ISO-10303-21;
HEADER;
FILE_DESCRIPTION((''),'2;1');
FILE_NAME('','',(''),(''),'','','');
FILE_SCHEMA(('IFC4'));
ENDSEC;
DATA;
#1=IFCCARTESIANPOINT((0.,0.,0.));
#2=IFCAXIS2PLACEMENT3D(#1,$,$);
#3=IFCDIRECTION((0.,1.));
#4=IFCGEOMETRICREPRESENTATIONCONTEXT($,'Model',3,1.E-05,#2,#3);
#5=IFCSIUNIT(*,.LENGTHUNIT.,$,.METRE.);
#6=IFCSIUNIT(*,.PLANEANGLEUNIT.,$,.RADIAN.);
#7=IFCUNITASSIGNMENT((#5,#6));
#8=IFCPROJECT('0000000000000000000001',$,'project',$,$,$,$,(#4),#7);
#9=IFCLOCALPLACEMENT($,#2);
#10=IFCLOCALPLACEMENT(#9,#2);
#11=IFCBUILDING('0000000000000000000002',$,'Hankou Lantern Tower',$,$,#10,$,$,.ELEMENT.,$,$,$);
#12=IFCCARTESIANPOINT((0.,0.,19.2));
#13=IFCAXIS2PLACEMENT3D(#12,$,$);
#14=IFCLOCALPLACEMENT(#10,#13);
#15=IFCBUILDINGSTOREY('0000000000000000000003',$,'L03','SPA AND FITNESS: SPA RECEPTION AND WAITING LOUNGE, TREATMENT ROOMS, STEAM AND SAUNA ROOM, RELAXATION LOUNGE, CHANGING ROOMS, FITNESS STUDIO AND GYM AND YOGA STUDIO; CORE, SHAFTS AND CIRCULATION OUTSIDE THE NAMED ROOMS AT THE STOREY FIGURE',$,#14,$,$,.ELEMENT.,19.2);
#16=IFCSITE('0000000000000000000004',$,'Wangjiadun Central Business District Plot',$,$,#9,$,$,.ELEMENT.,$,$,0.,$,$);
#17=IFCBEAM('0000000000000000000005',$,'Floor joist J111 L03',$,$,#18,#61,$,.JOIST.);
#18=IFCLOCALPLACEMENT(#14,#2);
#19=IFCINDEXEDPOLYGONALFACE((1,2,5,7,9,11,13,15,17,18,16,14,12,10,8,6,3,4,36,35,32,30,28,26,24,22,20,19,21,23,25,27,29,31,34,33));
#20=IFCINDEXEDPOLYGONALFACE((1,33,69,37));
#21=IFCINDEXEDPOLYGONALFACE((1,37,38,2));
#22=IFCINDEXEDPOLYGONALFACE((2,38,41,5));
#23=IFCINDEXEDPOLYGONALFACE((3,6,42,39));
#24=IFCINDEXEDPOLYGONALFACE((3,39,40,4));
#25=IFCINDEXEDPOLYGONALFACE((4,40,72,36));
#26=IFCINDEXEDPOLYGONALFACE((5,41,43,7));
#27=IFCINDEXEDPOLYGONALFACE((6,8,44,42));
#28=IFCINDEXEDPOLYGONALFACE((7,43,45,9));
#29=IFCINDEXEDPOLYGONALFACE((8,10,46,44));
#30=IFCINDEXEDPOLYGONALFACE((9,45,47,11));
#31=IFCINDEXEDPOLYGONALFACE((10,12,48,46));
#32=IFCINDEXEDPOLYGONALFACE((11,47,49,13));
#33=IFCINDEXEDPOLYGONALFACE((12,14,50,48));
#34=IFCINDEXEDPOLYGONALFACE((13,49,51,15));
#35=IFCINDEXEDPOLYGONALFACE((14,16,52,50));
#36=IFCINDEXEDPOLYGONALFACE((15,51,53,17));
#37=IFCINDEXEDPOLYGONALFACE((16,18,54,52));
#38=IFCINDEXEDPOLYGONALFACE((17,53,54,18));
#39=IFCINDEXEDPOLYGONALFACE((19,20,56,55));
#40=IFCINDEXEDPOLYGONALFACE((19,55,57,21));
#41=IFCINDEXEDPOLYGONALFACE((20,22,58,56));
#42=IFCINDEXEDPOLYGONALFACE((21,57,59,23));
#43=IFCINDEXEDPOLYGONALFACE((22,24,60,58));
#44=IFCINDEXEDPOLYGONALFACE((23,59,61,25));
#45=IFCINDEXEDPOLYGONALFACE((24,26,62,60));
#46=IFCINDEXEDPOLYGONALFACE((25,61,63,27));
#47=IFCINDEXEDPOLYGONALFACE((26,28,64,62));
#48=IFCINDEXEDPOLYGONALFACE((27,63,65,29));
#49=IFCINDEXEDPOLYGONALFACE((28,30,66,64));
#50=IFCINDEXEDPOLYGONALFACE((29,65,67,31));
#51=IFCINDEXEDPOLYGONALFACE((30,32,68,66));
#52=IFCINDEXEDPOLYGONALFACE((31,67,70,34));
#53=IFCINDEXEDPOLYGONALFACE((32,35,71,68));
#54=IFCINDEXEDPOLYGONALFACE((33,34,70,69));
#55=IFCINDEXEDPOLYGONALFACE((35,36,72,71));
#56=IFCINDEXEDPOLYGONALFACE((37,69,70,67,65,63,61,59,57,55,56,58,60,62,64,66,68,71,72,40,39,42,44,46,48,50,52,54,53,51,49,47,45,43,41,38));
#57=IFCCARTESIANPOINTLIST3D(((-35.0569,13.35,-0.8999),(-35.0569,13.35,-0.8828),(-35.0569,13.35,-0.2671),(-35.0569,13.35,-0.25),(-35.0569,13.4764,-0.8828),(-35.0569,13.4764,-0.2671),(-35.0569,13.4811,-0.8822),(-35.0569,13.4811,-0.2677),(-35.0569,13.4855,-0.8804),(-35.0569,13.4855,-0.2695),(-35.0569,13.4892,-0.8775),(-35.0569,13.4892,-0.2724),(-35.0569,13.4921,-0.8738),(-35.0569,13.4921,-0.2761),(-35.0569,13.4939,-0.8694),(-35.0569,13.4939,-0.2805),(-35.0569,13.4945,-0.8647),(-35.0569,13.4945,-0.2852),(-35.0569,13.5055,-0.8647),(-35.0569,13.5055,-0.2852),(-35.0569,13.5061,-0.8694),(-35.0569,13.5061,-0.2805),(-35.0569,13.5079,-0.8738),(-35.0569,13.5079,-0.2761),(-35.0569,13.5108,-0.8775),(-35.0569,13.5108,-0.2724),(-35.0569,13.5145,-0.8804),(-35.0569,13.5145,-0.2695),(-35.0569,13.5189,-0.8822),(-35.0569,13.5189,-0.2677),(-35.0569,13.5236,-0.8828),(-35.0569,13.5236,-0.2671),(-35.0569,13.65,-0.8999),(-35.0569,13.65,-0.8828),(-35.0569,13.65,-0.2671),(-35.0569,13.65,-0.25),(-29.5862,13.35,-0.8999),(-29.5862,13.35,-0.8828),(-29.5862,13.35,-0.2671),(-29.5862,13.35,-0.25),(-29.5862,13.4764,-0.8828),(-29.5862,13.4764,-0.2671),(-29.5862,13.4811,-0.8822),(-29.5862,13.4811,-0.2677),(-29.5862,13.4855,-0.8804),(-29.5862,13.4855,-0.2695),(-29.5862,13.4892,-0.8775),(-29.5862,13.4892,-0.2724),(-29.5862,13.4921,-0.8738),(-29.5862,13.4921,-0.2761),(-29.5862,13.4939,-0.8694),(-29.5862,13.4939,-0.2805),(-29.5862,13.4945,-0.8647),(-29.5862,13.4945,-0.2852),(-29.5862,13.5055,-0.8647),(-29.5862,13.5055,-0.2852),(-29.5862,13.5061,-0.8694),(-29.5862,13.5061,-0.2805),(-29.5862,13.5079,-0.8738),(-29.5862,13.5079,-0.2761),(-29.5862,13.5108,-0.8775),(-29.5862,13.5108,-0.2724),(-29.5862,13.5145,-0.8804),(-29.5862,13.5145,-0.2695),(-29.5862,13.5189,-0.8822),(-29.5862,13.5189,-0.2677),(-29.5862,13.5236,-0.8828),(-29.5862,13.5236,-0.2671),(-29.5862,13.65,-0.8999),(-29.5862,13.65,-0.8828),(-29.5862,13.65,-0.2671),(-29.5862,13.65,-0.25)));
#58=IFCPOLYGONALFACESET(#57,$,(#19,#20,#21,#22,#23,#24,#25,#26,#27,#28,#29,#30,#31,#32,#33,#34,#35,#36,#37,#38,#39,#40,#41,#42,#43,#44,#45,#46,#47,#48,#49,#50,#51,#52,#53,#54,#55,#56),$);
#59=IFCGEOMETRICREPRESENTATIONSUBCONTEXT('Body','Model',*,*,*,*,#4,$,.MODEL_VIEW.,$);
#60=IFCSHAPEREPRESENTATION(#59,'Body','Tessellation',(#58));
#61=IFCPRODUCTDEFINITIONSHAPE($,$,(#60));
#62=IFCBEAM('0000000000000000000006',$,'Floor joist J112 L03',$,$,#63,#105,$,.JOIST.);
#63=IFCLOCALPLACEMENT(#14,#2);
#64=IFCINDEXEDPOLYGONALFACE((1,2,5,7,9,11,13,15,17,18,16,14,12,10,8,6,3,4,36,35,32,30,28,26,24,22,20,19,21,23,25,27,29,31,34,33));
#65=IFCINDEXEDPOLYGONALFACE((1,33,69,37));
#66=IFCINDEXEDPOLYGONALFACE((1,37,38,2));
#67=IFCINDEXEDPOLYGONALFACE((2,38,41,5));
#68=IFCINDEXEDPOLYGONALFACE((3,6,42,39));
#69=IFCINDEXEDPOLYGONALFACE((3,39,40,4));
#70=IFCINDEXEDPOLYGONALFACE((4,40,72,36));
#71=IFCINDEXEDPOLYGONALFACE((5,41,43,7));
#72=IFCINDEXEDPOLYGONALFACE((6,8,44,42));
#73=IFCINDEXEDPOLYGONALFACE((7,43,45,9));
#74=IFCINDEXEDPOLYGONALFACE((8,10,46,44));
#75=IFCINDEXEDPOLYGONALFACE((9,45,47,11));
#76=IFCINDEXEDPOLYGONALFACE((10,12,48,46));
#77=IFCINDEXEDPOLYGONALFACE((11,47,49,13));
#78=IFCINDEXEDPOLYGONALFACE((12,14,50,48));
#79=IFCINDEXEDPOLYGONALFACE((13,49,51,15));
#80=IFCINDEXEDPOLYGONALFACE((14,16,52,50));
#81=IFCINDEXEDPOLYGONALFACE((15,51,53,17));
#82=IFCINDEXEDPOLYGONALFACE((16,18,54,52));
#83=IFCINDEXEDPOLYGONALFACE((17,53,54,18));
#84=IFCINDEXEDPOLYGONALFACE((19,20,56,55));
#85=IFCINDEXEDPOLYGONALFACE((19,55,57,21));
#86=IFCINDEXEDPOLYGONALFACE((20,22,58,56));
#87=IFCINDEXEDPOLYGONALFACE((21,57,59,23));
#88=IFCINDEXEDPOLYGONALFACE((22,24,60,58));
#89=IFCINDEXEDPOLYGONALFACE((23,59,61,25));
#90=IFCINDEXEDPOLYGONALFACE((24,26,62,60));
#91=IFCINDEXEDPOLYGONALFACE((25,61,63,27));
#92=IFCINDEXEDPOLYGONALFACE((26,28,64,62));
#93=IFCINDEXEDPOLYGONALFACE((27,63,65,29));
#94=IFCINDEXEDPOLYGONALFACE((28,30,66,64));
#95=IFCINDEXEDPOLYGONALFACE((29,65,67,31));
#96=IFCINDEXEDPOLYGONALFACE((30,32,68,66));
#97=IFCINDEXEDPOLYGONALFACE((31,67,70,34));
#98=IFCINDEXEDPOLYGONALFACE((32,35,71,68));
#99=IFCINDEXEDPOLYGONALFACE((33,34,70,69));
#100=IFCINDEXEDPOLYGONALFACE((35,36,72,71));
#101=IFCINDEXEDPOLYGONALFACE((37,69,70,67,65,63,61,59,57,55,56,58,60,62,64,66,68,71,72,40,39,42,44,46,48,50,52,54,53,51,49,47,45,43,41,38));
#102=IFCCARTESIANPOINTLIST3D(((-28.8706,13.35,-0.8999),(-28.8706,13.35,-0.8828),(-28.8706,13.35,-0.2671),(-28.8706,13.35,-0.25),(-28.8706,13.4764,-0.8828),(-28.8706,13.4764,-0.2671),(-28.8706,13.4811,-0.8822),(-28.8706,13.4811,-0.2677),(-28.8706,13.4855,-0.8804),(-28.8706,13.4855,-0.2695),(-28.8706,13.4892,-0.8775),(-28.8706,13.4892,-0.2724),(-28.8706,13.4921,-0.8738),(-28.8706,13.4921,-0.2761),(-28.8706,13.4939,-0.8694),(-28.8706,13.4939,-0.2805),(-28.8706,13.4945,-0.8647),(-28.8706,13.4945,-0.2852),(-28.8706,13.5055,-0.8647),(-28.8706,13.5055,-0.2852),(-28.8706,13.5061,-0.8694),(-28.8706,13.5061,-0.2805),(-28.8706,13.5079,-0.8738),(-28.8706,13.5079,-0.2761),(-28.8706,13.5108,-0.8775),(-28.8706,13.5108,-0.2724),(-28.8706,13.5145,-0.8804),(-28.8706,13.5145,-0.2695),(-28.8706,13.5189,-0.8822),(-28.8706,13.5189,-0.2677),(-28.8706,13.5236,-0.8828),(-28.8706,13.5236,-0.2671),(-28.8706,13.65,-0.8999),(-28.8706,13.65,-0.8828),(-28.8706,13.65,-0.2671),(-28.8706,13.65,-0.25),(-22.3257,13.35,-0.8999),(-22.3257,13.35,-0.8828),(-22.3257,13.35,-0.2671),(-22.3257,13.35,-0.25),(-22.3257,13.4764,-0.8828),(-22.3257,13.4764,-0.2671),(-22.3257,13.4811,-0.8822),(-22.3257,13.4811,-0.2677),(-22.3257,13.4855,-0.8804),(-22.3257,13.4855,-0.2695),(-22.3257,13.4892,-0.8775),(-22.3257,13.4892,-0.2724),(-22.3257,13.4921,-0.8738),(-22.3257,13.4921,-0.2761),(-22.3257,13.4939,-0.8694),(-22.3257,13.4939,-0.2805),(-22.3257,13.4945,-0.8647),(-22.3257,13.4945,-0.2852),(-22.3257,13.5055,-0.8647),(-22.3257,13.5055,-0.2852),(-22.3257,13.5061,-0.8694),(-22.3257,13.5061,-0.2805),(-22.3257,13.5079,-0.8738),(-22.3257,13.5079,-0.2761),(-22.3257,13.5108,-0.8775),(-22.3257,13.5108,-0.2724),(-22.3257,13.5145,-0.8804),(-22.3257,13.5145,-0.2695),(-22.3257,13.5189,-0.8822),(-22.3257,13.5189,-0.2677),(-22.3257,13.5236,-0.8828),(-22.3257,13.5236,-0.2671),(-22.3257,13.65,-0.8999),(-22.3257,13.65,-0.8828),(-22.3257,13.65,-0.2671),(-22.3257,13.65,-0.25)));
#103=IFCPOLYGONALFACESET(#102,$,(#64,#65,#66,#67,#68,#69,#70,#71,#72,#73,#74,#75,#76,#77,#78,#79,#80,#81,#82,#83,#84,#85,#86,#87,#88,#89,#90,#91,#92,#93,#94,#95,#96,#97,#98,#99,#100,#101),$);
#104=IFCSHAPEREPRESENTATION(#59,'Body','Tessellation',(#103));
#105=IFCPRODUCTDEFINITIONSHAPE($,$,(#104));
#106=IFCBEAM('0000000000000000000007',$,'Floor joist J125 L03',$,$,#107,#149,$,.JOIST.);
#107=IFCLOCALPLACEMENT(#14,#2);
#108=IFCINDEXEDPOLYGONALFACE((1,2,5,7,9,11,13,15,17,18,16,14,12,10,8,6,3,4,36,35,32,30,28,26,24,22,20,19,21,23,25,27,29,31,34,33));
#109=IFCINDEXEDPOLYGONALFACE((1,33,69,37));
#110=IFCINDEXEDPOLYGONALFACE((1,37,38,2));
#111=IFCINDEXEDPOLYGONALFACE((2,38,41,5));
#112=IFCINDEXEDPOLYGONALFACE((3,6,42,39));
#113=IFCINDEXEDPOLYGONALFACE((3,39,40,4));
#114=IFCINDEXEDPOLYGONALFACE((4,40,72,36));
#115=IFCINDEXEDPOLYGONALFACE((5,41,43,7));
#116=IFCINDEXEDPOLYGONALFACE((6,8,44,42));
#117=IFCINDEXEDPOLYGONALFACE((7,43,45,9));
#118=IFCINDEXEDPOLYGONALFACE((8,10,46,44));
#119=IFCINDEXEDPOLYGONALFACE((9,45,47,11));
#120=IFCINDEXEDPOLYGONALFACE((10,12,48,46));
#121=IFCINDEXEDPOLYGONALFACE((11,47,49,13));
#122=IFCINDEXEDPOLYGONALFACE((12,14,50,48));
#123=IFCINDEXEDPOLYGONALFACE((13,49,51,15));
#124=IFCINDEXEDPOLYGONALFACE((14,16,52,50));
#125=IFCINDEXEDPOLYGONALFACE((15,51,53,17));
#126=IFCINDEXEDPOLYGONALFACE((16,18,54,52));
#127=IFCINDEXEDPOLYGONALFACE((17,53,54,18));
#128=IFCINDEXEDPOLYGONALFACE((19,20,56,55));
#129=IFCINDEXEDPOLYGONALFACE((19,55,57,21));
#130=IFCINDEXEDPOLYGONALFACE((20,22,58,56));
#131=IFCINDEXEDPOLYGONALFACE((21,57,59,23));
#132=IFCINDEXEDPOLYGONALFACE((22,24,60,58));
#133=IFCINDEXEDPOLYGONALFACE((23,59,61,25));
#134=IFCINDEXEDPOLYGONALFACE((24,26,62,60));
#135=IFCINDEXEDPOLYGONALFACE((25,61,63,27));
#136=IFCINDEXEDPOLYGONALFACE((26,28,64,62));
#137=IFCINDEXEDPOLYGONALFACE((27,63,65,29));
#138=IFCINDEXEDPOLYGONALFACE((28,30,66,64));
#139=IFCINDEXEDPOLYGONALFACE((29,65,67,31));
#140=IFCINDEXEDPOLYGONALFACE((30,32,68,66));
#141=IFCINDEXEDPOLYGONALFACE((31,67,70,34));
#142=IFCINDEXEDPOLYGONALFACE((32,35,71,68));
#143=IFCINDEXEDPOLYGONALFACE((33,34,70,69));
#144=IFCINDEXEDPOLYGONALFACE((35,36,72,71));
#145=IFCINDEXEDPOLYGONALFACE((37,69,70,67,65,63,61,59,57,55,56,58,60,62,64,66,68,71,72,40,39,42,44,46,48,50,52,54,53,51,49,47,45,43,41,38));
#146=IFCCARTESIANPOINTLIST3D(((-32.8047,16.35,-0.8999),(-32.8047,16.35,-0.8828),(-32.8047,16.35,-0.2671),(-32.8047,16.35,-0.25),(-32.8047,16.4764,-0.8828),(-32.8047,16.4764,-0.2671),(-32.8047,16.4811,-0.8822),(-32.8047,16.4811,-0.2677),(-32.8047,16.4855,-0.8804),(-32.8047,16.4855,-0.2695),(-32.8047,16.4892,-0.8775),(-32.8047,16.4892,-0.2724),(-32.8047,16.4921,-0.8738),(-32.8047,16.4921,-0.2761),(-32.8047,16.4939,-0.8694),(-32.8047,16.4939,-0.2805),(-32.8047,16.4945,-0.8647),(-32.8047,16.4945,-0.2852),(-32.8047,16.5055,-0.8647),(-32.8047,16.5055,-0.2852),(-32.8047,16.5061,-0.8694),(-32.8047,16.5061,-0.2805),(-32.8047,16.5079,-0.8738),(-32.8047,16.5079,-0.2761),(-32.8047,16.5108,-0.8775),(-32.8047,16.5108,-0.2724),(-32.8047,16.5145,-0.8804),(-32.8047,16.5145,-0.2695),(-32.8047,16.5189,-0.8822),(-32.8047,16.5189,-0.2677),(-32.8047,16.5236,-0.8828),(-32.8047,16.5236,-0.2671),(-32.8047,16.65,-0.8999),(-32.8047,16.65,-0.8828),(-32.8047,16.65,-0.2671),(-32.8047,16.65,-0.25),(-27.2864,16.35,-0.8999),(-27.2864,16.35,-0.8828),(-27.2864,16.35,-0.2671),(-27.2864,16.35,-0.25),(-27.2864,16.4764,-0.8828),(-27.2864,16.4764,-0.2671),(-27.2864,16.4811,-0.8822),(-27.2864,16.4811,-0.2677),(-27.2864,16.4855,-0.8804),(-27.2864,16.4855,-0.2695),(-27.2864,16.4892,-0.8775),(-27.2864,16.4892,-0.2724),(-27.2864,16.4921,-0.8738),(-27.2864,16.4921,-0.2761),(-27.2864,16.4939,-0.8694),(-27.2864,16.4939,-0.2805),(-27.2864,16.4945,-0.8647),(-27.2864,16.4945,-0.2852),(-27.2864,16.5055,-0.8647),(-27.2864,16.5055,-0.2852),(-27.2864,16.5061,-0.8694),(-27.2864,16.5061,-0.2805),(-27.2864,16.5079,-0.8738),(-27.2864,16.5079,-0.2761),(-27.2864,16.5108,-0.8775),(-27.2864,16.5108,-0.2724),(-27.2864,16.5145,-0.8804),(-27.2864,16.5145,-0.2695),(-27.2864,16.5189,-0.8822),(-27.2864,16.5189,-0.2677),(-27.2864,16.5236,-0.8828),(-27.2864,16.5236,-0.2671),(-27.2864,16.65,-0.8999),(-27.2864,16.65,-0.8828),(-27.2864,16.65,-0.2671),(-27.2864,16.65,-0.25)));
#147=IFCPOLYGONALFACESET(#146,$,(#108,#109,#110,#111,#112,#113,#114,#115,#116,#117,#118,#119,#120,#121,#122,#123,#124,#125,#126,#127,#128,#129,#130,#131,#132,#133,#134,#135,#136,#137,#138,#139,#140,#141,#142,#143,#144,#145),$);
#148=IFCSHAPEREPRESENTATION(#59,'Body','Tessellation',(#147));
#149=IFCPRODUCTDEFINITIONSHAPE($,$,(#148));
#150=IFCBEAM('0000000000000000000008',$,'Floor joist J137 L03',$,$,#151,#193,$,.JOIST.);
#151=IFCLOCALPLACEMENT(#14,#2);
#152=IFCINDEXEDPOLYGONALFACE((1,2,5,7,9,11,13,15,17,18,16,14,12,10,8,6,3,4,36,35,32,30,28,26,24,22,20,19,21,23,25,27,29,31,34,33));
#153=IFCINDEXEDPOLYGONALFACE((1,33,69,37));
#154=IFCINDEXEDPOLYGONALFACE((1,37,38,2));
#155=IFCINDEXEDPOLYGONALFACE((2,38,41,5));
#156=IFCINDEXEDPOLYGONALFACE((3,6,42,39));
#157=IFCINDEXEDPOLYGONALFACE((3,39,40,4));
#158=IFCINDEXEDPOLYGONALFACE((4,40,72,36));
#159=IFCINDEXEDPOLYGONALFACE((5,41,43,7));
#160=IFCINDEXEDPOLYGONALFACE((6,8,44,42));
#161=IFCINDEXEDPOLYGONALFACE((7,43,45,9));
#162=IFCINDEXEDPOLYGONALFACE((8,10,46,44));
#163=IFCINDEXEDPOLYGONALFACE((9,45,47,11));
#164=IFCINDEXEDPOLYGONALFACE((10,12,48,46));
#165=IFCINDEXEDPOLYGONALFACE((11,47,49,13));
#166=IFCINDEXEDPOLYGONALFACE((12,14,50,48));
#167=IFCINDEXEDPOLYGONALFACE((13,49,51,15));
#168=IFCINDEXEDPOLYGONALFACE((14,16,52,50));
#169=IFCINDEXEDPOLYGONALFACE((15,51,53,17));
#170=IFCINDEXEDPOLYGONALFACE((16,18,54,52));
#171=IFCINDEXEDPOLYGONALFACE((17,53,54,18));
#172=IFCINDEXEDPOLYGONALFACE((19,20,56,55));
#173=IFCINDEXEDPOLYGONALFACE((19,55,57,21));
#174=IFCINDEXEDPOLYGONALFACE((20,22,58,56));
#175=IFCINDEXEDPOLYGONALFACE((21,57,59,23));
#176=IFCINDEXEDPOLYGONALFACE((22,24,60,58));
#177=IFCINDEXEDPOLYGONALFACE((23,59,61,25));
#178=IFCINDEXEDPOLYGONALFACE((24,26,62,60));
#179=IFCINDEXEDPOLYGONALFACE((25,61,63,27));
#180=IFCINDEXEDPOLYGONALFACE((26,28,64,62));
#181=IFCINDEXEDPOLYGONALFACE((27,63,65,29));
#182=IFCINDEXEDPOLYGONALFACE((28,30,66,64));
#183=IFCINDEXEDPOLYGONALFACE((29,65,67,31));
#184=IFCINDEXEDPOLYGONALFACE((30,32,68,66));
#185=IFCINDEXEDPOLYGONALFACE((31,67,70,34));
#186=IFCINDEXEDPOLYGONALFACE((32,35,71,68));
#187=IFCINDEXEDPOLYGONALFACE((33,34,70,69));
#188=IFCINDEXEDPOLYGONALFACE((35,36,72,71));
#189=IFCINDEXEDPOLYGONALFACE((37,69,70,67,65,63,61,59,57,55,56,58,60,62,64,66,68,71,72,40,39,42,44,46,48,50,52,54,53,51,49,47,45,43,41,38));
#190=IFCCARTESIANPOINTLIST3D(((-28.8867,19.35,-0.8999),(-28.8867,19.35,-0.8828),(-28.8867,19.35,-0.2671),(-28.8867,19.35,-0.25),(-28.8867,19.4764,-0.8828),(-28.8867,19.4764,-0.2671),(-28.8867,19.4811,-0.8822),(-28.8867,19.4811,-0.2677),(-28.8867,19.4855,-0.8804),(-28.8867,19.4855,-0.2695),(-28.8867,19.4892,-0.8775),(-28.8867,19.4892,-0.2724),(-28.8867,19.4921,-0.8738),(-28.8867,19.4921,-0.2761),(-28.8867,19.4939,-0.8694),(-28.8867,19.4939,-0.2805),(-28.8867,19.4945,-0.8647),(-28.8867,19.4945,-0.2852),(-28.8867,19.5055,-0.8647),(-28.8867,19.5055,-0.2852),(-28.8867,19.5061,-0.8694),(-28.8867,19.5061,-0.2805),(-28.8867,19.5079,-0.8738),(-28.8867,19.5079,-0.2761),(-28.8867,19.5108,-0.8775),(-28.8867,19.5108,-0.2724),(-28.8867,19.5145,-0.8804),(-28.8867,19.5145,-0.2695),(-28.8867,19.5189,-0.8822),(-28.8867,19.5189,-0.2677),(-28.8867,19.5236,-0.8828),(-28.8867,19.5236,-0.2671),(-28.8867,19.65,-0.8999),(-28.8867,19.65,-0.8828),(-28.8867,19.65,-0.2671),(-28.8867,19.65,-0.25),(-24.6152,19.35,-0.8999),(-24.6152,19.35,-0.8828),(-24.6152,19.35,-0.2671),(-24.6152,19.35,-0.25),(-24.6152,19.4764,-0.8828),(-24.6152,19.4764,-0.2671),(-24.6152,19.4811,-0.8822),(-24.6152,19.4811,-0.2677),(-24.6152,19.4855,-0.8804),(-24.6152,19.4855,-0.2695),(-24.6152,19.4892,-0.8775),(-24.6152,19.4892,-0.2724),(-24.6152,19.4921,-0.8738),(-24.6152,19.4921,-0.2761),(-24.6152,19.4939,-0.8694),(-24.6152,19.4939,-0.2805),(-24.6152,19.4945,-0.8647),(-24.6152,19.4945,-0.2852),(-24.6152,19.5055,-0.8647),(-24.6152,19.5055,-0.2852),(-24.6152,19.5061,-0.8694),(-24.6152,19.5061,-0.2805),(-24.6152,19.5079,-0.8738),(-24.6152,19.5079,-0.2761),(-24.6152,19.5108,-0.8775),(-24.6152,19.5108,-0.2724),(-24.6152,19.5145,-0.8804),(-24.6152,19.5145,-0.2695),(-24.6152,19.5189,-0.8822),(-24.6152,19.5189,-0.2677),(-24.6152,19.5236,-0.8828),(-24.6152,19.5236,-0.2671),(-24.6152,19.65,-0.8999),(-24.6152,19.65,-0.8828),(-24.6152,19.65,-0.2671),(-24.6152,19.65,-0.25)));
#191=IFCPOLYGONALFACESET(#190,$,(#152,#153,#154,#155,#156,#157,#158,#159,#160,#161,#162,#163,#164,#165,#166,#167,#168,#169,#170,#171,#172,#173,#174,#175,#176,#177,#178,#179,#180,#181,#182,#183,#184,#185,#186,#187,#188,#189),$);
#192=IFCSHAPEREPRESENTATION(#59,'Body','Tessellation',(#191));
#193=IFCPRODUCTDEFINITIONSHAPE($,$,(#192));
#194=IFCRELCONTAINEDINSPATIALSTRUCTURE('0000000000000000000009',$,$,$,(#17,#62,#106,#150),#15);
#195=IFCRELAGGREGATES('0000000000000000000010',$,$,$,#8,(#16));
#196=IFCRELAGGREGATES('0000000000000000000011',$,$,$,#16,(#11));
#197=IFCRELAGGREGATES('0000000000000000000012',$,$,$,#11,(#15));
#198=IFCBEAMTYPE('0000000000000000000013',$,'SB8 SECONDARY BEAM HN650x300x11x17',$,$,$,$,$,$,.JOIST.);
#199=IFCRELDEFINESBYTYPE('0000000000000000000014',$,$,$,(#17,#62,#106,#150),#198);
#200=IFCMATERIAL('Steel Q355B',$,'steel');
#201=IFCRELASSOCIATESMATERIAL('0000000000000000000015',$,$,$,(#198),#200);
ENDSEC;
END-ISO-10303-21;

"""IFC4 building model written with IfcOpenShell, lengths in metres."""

from ifc_helpers import new_model, si_unit, direction, frame, origin, origin_2d, place, context, subcontext, project, spatial, i_section, extrude, material, material_profile, profile_set, type_object, element, save


model = new_model("IFC4")

# Units and contexts
model_context = context("Model", 3, precision=1e-05, world=origin(), true_north=direction((0.0, 1.0)))
body_context = subcontext(model_context, "Body", "Model", "MODEL_VIEW")
ifc_project = project(units=[si_unit("LENGTHUNIT", "METRE"), si_unit("PLANEANGLEUNIT", "RADIAN")], contexts=[model_context])

# Site, building, storey
site_placement = place(None, origin())
site = spatial("IfcSite", under=ifc_project, at=site_placement, Name="Wangjiadun Central Business District Plot", CompositionType="ELEMENT", RefElevation=0.0)
building_placement = place(site_placement, origin())
building = spatial("IfcBuilding", under=site, at=building_placement, Name="Hankou Lantern Tower", CompositionType="ELEMENT")
storey_placement = place(building_placement, frame((0.0, 0.0, 19.2)))
storey = spatial("IfcBuildingStorey", under=building, at=storey_placement, Name="L03", Description="SPA AND FITNESS: SPA RECEPTION AND WAITING LOUNGE, TREATMENT ROOMS, STEAM AND SAUNA ROOM, RELAXATION LOUNGE, CHANGING ROOMS, FITNESS STUDIO AND GYM AND YOGA STUDIO; CORE, SHAFTS AND CIRCULATION OUTSIDE THE NAMED ROOMS AT THE STOREY FIGURE", CompositionType="ELEMENT", Elevation=19.2)

# Beams
ifc_material_1 = material(Name="Steel Q355B", Category="steel")
ifc_material_profile_1 = material_profile(ifc_material_1, i_section(OverallWidth=0.3, OverallDepth=0.6499, WebThickness=0.011, FlangeThickness=0.0171, FilletRadius=0.0181, at=origin_2d()), Name="HN650x300x11x17")
ifc_profile_set_1 = profile_set([ifc_material_profile_1], Name="Steel Q355B")
beam_type_1 = type_object("IfcBeamType", Name="SB8 SECONDARY BEAM HN650x300x11x17", PredefinedType="JOIST", material=ifc_profile_set_1)
beam_1_placement = place(storey_placement, frame((-35.0569, 13.5, -0.575), z_axis=(1.0, 0.0, 0.0), x_axis=(0.0, 1.0, 0.0)))
element("IfcBeam", 1, at=beam_1_placement, inside=storey, type_object=beam_type_1, Name="Floor joist J111 L03", PredefinedType="JOIST", context=body_context, shape_type="SweptSolid", body=[
    extrude(i_section(OverallWidth=0.3, OverallDepth=0.6499, WebThickness=0.011, FlangeThickness=0.0171, FilletRadius=0.0181, at=origin_2d()), origin(), (0.0, 0.0, 1.0), 5.4707),
])
beam_2_placement = place(storey_placement, frame((-28.8706, 13.5, -0.575), z_axis=(1.0, 0.0, 0.0), x_axis=(0.0, 1.0, 0.0)))
element("IfcBeam", 2, at=beam_2_placement, inside=storey, type_object=beam_type_1, Name="Floor joist J112 L03", PredefinedType="JOIST", context=body_context, shape_type="SweptSolid", body=[
    extrude(i_section(OverallWidth=0.3, OverallDepth=0.6499, WebThickness=0.011, FlangeThickness=0.0171, FilletRadius=0.0181, at=origin_2d()), origin(), (0.0, 0.0, 1.0), 6.5449),
])
beam_3_placement = place(storey_placement, frame((-32.8047, 16.5, -0.575), z_axis=(1.0, 0.0, 0.0), x_axis=(0.0, 1.0, 0.0)))
element("IfcBeam", 3, at=beam_3_placement, inside=storey, type_object=beam_type_1, Name="Floor joist J125 L03", PredefinedType="JOIST", context=body_context, shape_type="SweptSolid", body=[
    extrude(i_section(OverallWidth=0.3, OverallDepth=0.6499, WebThickness=0.011, FlangeThickness=0.0171, FilletRadius=0.0181, at=origin_2d()), origin(), (0.0, 0.0, 1.0), 5.5183),
])
beam_4_placement = place(storey_placement, frame((-28.8867, 19.5, -0.575), z_axis=(1.0, 0.0, 0.0), x_axis=(0.0, 1.0, 0.0)))
element("IfcBeam", 4, at=beam_4_placement, inside=storey, type_object=beam_type_1, Name="Floor joist J137 L03", PredefinedType="JOIST", context=body_context, shape_type="SweptSolid", body=[
    extrude(i_section(OverallWidth=0.3, OverallDepth=0.6499, WebThickness=0.011, FlangeThickness=0.0171, FilletRadius=0.0181, at=origin_2d()), origin(), (0.0, 0.0, 1.0), 4.2715),
])

save(model, "model.ifc")
